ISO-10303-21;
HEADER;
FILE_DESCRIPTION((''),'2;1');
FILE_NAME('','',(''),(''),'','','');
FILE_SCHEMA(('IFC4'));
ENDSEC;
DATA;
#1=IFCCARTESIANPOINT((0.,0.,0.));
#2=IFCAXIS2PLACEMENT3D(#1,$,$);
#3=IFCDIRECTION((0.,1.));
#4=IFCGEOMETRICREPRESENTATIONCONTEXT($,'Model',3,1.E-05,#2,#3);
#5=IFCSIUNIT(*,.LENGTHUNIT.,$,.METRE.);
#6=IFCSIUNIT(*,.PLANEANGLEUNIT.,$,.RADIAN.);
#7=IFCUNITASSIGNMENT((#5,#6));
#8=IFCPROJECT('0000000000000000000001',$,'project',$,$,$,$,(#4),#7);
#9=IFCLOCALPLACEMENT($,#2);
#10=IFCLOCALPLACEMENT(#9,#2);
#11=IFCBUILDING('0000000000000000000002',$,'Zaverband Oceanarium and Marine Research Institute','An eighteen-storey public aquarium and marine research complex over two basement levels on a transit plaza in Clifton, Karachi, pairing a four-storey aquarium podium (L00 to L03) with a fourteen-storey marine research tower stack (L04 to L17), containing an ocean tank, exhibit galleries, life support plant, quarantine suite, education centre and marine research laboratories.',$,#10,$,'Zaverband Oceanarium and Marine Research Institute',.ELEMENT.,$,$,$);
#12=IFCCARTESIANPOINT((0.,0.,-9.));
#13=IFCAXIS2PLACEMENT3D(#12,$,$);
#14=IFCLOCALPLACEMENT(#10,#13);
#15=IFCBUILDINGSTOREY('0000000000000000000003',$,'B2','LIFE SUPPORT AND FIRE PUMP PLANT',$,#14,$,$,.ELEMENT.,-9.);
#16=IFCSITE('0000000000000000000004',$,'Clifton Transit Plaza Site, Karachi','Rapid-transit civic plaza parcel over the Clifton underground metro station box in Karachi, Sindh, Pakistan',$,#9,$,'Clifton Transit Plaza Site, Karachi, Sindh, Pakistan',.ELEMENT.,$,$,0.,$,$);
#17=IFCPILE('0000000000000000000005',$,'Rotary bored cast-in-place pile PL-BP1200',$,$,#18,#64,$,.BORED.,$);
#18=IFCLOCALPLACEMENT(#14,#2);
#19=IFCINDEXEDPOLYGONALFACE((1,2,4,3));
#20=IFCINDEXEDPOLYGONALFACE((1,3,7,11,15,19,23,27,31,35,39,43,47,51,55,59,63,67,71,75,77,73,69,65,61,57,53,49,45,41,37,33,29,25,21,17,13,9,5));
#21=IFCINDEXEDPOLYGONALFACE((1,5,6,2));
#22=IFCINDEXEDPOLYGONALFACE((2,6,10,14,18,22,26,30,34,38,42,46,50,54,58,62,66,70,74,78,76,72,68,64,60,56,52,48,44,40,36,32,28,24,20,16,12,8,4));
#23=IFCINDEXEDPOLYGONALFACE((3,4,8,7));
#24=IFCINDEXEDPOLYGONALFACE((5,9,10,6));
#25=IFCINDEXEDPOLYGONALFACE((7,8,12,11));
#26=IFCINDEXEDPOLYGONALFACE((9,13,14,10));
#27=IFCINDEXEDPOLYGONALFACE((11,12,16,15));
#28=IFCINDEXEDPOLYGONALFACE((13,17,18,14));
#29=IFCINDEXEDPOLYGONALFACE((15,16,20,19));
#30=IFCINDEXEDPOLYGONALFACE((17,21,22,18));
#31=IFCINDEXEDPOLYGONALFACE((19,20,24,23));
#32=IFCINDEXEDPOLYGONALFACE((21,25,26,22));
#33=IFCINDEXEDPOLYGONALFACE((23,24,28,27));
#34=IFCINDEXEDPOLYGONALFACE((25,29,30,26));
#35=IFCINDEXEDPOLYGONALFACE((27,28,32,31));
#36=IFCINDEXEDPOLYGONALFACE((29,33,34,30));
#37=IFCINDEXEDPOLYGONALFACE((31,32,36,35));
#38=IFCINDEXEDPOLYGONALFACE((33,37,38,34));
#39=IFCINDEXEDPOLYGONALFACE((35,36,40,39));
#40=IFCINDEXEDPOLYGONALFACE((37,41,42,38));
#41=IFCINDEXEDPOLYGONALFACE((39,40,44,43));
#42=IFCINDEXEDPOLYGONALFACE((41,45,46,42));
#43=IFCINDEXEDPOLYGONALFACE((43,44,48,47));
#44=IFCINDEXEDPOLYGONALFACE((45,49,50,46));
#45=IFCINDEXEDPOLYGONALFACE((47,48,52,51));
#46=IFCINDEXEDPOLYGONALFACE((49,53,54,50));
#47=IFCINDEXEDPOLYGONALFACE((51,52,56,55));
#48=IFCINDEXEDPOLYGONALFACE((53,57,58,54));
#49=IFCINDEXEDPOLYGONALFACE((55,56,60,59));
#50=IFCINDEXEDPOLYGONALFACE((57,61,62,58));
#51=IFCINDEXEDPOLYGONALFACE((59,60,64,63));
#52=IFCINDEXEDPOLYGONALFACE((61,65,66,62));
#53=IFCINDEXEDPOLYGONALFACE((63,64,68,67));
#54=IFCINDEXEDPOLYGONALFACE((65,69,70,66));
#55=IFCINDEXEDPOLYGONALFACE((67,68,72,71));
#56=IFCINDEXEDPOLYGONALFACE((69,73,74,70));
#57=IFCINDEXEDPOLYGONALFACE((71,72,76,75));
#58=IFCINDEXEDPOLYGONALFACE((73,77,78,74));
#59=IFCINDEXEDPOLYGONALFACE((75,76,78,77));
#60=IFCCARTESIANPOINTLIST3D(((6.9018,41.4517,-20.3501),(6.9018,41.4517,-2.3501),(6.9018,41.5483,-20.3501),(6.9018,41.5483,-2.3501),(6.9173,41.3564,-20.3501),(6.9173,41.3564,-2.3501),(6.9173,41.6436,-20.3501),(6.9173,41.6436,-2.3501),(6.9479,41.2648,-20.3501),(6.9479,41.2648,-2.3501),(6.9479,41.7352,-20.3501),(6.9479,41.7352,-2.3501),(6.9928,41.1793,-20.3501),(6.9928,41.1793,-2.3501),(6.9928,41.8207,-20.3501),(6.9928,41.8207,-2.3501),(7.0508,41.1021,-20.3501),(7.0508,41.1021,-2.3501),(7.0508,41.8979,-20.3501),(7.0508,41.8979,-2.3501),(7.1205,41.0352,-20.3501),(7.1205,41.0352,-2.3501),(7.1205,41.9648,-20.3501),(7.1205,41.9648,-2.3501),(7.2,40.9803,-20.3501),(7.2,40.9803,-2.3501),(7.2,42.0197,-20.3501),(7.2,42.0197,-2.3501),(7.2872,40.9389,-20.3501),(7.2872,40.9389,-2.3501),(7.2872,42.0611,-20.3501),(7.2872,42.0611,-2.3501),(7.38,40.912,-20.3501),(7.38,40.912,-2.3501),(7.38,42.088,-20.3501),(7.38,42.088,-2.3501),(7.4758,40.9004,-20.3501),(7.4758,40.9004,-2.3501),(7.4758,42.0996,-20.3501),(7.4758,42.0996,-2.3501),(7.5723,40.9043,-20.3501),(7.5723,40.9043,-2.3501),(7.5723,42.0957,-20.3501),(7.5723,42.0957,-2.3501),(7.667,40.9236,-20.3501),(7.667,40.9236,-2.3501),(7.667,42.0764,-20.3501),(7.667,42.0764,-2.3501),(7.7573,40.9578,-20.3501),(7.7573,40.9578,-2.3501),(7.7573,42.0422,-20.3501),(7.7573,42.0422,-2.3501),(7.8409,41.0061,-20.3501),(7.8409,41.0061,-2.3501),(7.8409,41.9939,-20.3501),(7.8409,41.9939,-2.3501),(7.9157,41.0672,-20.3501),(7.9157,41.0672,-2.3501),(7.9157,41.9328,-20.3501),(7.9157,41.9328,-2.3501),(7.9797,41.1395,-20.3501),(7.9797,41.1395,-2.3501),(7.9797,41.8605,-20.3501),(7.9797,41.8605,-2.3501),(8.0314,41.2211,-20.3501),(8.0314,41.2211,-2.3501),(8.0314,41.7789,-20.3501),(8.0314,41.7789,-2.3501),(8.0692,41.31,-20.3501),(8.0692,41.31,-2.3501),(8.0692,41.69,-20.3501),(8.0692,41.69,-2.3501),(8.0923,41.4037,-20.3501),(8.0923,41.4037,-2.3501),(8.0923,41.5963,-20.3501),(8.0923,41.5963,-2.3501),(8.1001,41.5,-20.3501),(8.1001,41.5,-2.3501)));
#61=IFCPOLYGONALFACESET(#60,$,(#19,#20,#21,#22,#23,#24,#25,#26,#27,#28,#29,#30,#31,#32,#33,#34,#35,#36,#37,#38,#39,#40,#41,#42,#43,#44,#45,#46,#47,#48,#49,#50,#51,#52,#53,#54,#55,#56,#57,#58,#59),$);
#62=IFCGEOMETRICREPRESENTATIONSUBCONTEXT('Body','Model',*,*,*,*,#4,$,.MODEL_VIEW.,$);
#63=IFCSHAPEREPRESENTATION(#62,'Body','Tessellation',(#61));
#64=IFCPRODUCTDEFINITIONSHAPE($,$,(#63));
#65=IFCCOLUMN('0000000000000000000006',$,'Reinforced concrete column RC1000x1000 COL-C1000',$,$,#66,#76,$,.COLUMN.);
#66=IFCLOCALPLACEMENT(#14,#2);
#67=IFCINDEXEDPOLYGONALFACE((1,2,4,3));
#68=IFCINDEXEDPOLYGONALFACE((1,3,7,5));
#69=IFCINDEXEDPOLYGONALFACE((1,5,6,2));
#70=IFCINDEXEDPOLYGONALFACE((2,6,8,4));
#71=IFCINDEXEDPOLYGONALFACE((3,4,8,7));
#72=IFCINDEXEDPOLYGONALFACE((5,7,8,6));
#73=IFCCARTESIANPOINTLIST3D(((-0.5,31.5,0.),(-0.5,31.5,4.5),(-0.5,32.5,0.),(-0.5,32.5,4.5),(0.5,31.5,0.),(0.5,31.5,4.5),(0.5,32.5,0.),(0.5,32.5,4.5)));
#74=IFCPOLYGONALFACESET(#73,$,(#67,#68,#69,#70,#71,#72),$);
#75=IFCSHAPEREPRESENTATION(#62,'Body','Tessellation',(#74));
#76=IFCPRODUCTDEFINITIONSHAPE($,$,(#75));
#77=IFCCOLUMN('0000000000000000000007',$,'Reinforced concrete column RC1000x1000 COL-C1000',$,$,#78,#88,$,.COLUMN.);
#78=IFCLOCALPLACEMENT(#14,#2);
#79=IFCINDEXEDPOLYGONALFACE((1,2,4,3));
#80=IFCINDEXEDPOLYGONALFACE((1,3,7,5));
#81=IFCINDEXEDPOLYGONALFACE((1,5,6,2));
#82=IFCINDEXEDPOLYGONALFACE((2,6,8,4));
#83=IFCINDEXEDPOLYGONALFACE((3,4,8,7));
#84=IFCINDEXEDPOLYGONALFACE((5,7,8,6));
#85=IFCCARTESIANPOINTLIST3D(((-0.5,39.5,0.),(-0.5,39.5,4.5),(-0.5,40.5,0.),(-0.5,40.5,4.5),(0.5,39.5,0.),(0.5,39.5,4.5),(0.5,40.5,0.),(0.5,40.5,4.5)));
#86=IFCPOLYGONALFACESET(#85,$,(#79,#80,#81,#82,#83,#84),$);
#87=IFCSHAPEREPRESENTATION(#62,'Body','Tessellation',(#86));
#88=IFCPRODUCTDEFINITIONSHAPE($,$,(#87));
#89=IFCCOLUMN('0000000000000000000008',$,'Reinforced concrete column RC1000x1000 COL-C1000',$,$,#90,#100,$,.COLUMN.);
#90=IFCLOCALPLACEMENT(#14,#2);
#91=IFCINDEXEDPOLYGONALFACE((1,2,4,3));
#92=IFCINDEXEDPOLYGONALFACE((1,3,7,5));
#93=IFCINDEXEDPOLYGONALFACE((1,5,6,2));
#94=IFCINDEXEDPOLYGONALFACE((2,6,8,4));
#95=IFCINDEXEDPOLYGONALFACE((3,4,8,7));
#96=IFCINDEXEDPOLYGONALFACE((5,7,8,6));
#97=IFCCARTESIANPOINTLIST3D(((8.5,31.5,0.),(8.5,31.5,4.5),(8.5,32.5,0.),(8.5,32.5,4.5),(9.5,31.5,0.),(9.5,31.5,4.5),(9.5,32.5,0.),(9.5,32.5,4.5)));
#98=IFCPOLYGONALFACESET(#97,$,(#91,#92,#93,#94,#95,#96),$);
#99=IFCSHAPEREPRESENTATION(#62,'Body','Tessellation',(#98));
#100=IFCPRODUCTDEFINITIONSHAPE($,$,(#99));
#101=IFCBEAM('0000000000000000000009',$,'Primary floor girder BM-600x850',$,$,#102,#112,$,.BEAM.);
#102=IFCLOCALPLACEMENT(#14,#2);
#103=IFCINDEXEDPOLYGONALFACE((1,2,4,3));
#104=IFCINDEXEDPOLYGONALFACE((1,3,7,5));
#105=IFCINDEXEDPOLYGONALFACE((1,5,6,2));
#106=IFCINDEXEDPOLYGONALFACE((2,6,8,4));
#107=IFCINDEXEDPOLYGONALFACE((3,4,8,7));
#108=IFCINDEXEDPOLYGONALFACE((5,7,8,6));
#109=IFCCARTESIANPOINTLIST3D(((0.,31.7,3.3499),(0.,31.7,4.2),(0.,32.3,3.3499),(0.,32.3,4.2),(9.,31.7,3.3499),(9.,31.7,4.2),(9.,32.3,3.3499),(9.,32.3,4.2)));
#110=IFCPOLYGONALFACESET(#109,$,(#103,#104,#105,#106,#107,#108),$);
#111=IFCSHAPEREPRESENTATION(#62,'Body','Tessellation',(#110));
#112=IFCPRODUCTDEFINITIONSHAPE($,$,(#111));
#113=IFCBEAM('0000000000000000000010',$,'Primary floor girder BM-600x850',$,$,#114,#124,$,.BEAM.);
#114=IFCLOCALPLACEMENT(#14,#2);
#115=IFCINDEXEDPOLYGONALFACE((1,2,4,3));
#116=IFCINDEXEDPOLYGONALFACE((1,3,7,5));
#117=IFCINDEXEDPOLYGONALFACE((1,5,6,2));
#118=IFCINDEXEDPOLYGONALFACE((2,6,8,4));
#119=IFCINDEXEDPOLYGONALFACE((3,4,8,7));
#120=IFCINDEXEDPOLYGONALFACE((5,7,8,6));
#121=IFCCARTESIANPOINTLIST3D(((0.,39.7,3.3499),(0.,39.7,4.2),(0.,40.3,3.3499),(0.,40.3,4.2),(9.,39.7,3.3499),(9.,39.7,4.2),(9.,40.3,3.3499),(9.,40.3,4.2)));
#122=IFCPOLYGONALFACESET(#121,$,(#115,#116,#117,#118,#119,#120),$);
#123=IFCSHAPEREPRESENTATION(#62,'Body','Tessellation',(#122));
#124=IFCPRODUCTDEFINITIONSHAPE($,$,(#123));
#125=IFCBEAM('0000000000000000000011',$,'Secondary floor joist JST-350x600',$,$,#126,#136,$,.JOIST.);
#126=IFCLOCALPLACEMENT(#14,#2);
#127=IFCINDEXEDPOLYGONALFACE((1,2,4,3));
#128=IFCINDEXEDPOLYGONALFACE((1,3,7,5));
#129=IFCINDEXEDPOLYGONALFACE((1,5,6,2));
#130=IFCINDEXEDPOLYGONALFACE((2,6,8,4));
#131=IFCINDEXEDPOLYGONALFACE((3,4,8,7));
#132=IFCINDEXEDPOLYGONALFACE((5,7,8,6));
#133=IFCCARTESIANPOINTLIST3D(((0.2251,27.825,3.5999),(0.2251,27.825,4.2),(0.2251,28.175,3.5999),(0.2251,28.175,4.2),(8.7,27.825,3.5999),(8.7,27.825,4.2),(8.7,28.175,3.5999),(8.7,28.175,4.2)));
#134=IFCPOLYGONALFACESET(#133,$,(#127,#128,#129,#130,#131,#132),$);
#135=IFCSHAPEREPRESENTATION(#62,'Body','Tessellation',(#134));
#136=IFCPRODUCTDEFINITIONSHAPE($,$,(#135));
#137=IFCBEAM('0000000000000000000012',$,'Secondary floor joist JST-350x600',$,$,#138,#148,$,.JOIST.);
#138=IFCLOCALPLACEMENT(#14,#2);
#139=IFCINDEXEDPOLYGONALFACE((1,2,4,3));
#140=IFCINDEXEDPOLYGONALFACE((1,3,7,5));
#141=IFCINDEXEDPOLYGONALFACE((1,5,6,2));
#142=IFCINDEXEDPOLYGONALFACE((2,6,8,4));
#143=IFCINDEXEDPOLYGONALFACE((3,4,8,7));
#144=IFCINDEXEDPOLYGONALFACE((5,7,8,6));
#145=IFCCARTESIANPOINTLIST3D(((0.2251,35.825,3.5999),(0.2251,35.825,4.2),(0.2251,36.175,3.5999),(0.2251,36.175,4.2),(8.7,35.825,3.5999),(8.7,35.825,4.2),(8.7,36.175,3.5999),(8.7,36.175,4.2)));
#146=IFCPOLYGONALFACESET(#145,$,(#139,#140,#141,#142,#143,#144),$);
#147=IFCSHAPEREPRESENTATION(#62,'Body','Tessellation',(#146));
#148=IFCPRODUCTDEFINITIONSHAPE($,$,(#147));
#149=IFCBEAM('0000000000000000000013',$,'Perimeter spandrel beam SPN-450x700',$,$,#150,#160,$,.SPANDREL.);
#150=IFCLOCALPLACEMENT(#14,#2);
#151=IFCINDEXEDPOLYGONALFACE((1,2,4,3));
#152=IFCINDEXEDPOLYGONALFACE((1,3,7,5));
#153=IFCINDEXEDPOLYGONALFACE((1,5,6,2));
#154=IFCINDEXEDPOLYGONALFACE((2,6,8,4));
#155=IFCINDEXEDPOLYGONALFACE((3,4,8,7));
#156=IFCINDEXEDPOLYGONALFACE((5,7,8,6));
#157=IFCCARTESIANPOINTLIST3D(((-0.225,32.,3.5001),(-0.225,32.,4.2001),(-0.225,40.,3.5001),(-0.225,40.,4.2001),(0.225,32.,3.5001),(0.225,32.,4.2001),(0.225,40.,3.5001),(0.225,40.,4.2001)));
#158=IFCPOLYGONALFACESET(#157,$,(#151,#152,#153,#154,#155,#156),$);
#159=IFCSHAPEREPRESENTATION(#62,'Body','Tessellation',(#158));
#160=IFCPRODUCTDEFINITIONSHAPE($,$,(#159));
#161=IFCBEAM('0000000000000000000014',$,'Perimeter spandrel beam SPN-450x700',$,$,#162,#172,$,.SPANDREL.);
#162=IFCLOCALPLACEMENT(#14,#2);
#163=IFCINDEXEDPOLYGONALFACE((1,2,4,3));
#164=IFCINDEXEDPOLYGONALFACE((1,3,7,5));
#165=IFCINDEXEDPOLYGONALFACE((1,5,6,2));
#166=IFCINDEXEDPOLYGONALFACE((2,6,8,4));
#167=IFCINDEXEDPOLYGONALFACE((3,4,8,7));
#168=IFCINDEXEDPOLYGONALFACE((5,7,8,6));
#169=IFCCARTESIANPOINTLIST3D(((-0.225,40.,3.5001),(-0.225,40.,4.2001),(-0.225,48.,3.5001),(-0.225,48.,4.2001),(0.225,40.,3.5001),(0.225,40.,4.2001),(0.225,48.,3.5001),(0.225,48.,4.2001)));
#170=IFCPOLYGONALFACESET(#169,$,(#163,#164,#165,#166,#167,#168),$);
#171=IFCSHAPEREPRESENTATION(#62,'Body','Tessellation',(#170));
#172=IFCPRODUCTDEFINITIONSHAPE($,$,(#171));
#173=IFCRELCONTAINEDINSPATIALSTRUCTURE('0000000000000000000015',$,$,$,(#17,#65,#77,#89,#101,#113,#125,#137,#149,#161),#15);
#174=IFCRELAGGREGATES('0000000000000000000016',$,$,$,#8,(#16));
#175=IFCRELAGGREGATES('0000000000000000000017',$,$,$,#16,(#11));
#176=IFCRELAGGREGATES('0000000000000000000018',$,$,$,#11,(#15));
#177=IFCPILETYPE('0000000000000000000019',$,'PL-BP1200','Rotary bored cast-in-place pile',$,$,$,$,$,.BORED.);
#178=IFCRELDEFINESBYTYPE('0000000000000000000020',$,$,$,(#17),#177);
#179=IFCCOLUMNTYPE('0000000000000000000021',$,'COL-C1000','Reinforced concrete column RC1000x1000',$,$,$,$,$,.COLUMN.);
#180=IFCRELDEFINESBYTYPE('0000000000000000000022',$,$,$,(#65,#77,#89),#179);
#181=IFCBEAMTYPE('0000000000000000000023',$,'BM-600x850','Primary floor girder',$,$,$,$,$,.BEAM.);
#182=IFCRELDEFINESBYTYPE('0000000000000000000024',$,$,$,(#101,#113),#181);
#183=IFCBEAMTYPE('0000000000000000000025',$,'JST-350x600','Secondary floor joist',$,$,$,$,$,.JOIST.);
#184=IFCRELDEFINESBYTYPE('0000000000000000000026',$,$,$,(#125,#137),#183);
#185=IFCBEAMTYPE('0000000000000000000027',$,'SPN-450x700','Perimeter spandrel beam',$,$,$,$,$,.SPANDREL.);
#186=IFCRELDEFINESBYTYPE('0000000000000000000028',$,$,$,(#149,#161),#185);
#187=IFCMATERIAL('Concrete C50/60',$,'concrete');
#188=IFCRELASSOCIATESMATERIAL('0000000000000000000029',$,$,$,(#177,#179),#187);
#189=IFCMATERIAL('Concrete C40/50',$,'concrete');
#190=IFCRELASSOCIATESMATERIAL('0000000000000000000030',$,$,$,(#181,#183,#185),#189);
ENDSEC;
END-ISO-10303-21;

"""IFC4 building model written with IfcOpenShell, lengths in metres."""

from ifc_helpers import new_model, si_unit, direction, frame, origin, origin_2d, place, context, subcontext, project, spatial, rectangle, circle, extrude, material, material_profile, profile_set, type_object, element, save


model = new_model("IFC4")

# Units and contexts
model_context = context("Model", 3, precision=1e-05, world=origin(), true_north=direction((0.0, 1.0)))
body_context = subcontext(model_context, "Body", "Model", "MODEL_VIEW")
ifc_project = project(units=[si_unit("LENGTHUNIT", "METRE"), si_unit("PLANEANGLEUNIT", "RADIAN")], contexts=[model_context])

# Site, building, storey
site_placement = place(None, origin())
site = spatial("IfcSite", under=ifc_project, at=site_placement, Name="Clifton Transit Plaza Site, Karachi", Description="Rapid-transit civic plaza parcel over the Clifton underground metro station box in Karachi, Sindh, Pakistan", LongName="Clifton Transit Plaza Site, Karachi, Sindh, Pakistan", CompositionType="ELEMENT", RefElevation=0.0)
building_placement = place(site_placement, origin())
building = spatial("IfcBuilding", under=site, at=building_placement, Name="Zaverband Oceanarium and Marine Research Institute", Description="An eighteen-storey public aquarium and marine research complex over two basement levels on a transit plaza in Clifton, Karachi, pairing a four-storey aquarium podium (L00 to L03) with a fourteen-storey marine research tower stack (L04 to L17), containing an ocean tank, exhibit galleries, life support plant, quarantine suite, education centre and marine research laboratories.", LongName="Zaverband Oceanarium and Marine Research Institute", CompositionType="ELEMENT")
storey_placement = place(building_placement, frame((0.0, 0.0, -9.0)))
storey = spatial("IfcBuildingStorey", under=building, at=storey_placement, Name="B2", Description="LIFE SUPPORT AND FIRE PUMP PLANT", CompositionType="ELEMENT", Elevation=-9.0)

# Shared definitions
ifc_material_1 = material(Name="Concrete C50/60", Category="concrete")

# Pile
ifc_material_profile_1 = material_profile(ifc_material_1, circle(Radius=0.6001, at=origin_2d()), Name="BP1200")
ifc_profile_set_1 = profile_set([ifc_material_profile_1], Name="Concrete C50/60")
pile_type = type_object("IfcPileType", Name="PL-BP1200", Description="Rotary bored cast-in-place pile", PredefinedType="BORED", material=ifc_profile_set_1)
for number, where, z_axis, x_axis, name in (
    (1, (7.5, 41.5, -2.3501), (0.0, 0.0, -1.0), (1.0, 0.0, 0.0), "Rotary bored cast-in-place pile PL-BP1200"),
):
    element("IfcPile", number, at=place(storey_placement, frame(where, z_axis=z_axis, x_axis=x_axis)), inside=storey, type_object=pile_type, Name=name, PredefinedType="BORED", context=body_context, shape_type="SweptSolid", body=[
        extrude(circle(Radius=0.6001, at=origin_2d()), origin(), (0.0, 0.0, 1.0), 18.0),
    ])

# Columns
ifc_material_profile_2 = material_profile(ifc_material_1, rectangle(XDim=1.0, YDim=1.0, at=origin_2d()), Name="RC1000x1000")
ifc_profile_set_2 = profile_set([ifc_material_profile_2], Name="Concrete C50/60")
column_type = type_object("IfcColumnType", Name="COL-C1000", Description="Reinforced concrete column RC1000x1000", PredefinedType="COLUMN", material=ifc_profile_set_2)
for number, where, z_axis, x_axis, name in (
    (2, (0.0, 32.0, 0.0), (0.0, 0.0, 1.0), (1.0, 0.0, 0.0), "Reinforced concrete column RC1000x1000 COL-C1000"),
    (3, (0.0, 40.0, 0.0), (0.0, 0.0, 1.0), (1.0, 0.0, 0.0), "Reinforced concrete column RC1000x1000 COL-C1000"),
    (4, (9.0, 32.0, 0.0), (0.0, 0.0, 1.0), (1.0, 0.0, 0.0), "Reinforced concrete column RC1000x1000 COL-C1000"),
):
    element("IfcColumn", number, at=place(storey_placement, frame(where, z_axis=z_axis, x_axis=x_axis)), inside=storey, type_object=column_type, Name=name, PredefinedType="COLUMN", context=body_context, shape_type="SweptSolid", body=[
        extrude(rectangle(XDim=1.0, YDim=1.0, at=origin_2d()), origin(), (0.0, 0.0, 1.0), 4.5),
    ])

# Beams
ifc_material_2 = material(Name="Concrete C40/50", Category="concrete")
ifc_material_profile_3 = material_profile(ifc_material_2, rectangle(XDim=0.6001, YDim=0.8501, at=origin_2d()), Name="RC600x850")
ifc_profile_set_3 = profile_set([ifc_material_profile_3], Name="Concrete C40/50")
beam_type_1 = type_object("IfcBeamType", Name="BM-600x850", Description="Primary floor girder", PredefinedType="BEAM", material=ifc_profile_set_3)
for number, where, z_axis, x_axis, name in (
    (5, (0.0, 32.0, 3.7749), (1.0, 0.0, 0.0), (0.0, 1.0, 0.0), "Primary floor girder BM-600x850"),
    (6, (0.0, 40.0, 3.7749), (1.0, 0.0, 0.0), (0.0, 1.0, 0.0), "Primary floor girder BM-600x850"),
):
    element("IfcBeam", number, at=place(storey_placement, frame(where, z_axis=z_axis, x_axis=x_axis)), inside=storey, type_object=beam_type_1, Name=name, PredefinedType="BEAM", context=body_context, shape_type="SweptSolid", body=[
        extrude(rectangle(XDim=0.6001, YDim=0.8501, at=origin_2d()), origin(), (0.0, 0.0, 1.0), 9.0),
    ])
ifc_material_profile_4 = material_profile(ifc_material_2, rectangle(XDim=0.3501, YDim=0.6001, at=origin_2d()), Name="RC350x600")
ifc_profile_set_4 = profile_set([ifc_material_profile_4], Name="Concrete C40/50")
beam_type_2 = type_object("IfcBeamType", Name="JST-350x600", Description="Secondary floor joist", PredefinedType="JOIST", material=ifc_profile_set_4)
for number, where, z_axis, x_axis, name in (
    (7, (0.2251, 28.0, 3.8999), (1.0, 0.0, 0.0), (0.0, 1.0, 0.0), "Secondary floor joist JST-350x600"),
    (8, (0.2251, 36.0, 3.8999), (1.0, 0.0, 0.0), (0.0, 1.0, 0.0), "Secondary floor joist JST-350x600"),
):
    element("IfcBeam", number, at=place(storey_placement, frame(where, z_axis=z_axis, x_axis=x_axis)), inside=storey, type_object=beam_type_2, Name=name, PredefinedType="JOIST", context=body_context, shape_type="SweptSolid", body=[
        extrude(rectangle(XDim=0.3501, YDim=0.6001, at=origin_2d()), origin(), (0.0, 0.0, 1.0), 8.4749),
    ])
ifc_material_profile_5 = material_profile(ifc_material_2, rectangle(XDim=0.45, YDim=0.7, at=origin_2d()), Name="RC450x700")
ifc_profile_set_5 = profile_set([ifc_material_profile_5], Name="Concrete C40/50")
beam_type_3 = type_object("IfcBeamType", Name="SPN-450x700", Description="Perimeter spandrel beam", PredefinedType="SPANDREL", material=ifc_profile_set_5)
for number, where, z_axis, x_axis, name in (
    (9, (0.0, 32.0, 3.8501), (0.0, 1.0, 0.0), (-1.0, 0.0, 0.0), "Perimeter spandrel beam SPN-450x700"),
    (10, (0.0, 40.0, 3.8501), (0.0, 1.0, 0.0), (-1.0, 0.0, 0.0), "Perimeter spandrel beam SPN-450x700"),
):
    element("IfcBeam", number, at=place(storey_placement, frame(where, z_axis=z_axis, x_axis=x_axis)), inside=storey, type_object=beam_type_3, Name=name, PredefinedType="SPANDREL", context=body_context, shape_type="SweptSolid", body=[
        extrude(rectangle(XDim=0.45, YDim=0.7, at=origin_2d()), origin(), (0.0, 0.0, 1.0), 8.0),
    ])

save(model, "model.ifc")
